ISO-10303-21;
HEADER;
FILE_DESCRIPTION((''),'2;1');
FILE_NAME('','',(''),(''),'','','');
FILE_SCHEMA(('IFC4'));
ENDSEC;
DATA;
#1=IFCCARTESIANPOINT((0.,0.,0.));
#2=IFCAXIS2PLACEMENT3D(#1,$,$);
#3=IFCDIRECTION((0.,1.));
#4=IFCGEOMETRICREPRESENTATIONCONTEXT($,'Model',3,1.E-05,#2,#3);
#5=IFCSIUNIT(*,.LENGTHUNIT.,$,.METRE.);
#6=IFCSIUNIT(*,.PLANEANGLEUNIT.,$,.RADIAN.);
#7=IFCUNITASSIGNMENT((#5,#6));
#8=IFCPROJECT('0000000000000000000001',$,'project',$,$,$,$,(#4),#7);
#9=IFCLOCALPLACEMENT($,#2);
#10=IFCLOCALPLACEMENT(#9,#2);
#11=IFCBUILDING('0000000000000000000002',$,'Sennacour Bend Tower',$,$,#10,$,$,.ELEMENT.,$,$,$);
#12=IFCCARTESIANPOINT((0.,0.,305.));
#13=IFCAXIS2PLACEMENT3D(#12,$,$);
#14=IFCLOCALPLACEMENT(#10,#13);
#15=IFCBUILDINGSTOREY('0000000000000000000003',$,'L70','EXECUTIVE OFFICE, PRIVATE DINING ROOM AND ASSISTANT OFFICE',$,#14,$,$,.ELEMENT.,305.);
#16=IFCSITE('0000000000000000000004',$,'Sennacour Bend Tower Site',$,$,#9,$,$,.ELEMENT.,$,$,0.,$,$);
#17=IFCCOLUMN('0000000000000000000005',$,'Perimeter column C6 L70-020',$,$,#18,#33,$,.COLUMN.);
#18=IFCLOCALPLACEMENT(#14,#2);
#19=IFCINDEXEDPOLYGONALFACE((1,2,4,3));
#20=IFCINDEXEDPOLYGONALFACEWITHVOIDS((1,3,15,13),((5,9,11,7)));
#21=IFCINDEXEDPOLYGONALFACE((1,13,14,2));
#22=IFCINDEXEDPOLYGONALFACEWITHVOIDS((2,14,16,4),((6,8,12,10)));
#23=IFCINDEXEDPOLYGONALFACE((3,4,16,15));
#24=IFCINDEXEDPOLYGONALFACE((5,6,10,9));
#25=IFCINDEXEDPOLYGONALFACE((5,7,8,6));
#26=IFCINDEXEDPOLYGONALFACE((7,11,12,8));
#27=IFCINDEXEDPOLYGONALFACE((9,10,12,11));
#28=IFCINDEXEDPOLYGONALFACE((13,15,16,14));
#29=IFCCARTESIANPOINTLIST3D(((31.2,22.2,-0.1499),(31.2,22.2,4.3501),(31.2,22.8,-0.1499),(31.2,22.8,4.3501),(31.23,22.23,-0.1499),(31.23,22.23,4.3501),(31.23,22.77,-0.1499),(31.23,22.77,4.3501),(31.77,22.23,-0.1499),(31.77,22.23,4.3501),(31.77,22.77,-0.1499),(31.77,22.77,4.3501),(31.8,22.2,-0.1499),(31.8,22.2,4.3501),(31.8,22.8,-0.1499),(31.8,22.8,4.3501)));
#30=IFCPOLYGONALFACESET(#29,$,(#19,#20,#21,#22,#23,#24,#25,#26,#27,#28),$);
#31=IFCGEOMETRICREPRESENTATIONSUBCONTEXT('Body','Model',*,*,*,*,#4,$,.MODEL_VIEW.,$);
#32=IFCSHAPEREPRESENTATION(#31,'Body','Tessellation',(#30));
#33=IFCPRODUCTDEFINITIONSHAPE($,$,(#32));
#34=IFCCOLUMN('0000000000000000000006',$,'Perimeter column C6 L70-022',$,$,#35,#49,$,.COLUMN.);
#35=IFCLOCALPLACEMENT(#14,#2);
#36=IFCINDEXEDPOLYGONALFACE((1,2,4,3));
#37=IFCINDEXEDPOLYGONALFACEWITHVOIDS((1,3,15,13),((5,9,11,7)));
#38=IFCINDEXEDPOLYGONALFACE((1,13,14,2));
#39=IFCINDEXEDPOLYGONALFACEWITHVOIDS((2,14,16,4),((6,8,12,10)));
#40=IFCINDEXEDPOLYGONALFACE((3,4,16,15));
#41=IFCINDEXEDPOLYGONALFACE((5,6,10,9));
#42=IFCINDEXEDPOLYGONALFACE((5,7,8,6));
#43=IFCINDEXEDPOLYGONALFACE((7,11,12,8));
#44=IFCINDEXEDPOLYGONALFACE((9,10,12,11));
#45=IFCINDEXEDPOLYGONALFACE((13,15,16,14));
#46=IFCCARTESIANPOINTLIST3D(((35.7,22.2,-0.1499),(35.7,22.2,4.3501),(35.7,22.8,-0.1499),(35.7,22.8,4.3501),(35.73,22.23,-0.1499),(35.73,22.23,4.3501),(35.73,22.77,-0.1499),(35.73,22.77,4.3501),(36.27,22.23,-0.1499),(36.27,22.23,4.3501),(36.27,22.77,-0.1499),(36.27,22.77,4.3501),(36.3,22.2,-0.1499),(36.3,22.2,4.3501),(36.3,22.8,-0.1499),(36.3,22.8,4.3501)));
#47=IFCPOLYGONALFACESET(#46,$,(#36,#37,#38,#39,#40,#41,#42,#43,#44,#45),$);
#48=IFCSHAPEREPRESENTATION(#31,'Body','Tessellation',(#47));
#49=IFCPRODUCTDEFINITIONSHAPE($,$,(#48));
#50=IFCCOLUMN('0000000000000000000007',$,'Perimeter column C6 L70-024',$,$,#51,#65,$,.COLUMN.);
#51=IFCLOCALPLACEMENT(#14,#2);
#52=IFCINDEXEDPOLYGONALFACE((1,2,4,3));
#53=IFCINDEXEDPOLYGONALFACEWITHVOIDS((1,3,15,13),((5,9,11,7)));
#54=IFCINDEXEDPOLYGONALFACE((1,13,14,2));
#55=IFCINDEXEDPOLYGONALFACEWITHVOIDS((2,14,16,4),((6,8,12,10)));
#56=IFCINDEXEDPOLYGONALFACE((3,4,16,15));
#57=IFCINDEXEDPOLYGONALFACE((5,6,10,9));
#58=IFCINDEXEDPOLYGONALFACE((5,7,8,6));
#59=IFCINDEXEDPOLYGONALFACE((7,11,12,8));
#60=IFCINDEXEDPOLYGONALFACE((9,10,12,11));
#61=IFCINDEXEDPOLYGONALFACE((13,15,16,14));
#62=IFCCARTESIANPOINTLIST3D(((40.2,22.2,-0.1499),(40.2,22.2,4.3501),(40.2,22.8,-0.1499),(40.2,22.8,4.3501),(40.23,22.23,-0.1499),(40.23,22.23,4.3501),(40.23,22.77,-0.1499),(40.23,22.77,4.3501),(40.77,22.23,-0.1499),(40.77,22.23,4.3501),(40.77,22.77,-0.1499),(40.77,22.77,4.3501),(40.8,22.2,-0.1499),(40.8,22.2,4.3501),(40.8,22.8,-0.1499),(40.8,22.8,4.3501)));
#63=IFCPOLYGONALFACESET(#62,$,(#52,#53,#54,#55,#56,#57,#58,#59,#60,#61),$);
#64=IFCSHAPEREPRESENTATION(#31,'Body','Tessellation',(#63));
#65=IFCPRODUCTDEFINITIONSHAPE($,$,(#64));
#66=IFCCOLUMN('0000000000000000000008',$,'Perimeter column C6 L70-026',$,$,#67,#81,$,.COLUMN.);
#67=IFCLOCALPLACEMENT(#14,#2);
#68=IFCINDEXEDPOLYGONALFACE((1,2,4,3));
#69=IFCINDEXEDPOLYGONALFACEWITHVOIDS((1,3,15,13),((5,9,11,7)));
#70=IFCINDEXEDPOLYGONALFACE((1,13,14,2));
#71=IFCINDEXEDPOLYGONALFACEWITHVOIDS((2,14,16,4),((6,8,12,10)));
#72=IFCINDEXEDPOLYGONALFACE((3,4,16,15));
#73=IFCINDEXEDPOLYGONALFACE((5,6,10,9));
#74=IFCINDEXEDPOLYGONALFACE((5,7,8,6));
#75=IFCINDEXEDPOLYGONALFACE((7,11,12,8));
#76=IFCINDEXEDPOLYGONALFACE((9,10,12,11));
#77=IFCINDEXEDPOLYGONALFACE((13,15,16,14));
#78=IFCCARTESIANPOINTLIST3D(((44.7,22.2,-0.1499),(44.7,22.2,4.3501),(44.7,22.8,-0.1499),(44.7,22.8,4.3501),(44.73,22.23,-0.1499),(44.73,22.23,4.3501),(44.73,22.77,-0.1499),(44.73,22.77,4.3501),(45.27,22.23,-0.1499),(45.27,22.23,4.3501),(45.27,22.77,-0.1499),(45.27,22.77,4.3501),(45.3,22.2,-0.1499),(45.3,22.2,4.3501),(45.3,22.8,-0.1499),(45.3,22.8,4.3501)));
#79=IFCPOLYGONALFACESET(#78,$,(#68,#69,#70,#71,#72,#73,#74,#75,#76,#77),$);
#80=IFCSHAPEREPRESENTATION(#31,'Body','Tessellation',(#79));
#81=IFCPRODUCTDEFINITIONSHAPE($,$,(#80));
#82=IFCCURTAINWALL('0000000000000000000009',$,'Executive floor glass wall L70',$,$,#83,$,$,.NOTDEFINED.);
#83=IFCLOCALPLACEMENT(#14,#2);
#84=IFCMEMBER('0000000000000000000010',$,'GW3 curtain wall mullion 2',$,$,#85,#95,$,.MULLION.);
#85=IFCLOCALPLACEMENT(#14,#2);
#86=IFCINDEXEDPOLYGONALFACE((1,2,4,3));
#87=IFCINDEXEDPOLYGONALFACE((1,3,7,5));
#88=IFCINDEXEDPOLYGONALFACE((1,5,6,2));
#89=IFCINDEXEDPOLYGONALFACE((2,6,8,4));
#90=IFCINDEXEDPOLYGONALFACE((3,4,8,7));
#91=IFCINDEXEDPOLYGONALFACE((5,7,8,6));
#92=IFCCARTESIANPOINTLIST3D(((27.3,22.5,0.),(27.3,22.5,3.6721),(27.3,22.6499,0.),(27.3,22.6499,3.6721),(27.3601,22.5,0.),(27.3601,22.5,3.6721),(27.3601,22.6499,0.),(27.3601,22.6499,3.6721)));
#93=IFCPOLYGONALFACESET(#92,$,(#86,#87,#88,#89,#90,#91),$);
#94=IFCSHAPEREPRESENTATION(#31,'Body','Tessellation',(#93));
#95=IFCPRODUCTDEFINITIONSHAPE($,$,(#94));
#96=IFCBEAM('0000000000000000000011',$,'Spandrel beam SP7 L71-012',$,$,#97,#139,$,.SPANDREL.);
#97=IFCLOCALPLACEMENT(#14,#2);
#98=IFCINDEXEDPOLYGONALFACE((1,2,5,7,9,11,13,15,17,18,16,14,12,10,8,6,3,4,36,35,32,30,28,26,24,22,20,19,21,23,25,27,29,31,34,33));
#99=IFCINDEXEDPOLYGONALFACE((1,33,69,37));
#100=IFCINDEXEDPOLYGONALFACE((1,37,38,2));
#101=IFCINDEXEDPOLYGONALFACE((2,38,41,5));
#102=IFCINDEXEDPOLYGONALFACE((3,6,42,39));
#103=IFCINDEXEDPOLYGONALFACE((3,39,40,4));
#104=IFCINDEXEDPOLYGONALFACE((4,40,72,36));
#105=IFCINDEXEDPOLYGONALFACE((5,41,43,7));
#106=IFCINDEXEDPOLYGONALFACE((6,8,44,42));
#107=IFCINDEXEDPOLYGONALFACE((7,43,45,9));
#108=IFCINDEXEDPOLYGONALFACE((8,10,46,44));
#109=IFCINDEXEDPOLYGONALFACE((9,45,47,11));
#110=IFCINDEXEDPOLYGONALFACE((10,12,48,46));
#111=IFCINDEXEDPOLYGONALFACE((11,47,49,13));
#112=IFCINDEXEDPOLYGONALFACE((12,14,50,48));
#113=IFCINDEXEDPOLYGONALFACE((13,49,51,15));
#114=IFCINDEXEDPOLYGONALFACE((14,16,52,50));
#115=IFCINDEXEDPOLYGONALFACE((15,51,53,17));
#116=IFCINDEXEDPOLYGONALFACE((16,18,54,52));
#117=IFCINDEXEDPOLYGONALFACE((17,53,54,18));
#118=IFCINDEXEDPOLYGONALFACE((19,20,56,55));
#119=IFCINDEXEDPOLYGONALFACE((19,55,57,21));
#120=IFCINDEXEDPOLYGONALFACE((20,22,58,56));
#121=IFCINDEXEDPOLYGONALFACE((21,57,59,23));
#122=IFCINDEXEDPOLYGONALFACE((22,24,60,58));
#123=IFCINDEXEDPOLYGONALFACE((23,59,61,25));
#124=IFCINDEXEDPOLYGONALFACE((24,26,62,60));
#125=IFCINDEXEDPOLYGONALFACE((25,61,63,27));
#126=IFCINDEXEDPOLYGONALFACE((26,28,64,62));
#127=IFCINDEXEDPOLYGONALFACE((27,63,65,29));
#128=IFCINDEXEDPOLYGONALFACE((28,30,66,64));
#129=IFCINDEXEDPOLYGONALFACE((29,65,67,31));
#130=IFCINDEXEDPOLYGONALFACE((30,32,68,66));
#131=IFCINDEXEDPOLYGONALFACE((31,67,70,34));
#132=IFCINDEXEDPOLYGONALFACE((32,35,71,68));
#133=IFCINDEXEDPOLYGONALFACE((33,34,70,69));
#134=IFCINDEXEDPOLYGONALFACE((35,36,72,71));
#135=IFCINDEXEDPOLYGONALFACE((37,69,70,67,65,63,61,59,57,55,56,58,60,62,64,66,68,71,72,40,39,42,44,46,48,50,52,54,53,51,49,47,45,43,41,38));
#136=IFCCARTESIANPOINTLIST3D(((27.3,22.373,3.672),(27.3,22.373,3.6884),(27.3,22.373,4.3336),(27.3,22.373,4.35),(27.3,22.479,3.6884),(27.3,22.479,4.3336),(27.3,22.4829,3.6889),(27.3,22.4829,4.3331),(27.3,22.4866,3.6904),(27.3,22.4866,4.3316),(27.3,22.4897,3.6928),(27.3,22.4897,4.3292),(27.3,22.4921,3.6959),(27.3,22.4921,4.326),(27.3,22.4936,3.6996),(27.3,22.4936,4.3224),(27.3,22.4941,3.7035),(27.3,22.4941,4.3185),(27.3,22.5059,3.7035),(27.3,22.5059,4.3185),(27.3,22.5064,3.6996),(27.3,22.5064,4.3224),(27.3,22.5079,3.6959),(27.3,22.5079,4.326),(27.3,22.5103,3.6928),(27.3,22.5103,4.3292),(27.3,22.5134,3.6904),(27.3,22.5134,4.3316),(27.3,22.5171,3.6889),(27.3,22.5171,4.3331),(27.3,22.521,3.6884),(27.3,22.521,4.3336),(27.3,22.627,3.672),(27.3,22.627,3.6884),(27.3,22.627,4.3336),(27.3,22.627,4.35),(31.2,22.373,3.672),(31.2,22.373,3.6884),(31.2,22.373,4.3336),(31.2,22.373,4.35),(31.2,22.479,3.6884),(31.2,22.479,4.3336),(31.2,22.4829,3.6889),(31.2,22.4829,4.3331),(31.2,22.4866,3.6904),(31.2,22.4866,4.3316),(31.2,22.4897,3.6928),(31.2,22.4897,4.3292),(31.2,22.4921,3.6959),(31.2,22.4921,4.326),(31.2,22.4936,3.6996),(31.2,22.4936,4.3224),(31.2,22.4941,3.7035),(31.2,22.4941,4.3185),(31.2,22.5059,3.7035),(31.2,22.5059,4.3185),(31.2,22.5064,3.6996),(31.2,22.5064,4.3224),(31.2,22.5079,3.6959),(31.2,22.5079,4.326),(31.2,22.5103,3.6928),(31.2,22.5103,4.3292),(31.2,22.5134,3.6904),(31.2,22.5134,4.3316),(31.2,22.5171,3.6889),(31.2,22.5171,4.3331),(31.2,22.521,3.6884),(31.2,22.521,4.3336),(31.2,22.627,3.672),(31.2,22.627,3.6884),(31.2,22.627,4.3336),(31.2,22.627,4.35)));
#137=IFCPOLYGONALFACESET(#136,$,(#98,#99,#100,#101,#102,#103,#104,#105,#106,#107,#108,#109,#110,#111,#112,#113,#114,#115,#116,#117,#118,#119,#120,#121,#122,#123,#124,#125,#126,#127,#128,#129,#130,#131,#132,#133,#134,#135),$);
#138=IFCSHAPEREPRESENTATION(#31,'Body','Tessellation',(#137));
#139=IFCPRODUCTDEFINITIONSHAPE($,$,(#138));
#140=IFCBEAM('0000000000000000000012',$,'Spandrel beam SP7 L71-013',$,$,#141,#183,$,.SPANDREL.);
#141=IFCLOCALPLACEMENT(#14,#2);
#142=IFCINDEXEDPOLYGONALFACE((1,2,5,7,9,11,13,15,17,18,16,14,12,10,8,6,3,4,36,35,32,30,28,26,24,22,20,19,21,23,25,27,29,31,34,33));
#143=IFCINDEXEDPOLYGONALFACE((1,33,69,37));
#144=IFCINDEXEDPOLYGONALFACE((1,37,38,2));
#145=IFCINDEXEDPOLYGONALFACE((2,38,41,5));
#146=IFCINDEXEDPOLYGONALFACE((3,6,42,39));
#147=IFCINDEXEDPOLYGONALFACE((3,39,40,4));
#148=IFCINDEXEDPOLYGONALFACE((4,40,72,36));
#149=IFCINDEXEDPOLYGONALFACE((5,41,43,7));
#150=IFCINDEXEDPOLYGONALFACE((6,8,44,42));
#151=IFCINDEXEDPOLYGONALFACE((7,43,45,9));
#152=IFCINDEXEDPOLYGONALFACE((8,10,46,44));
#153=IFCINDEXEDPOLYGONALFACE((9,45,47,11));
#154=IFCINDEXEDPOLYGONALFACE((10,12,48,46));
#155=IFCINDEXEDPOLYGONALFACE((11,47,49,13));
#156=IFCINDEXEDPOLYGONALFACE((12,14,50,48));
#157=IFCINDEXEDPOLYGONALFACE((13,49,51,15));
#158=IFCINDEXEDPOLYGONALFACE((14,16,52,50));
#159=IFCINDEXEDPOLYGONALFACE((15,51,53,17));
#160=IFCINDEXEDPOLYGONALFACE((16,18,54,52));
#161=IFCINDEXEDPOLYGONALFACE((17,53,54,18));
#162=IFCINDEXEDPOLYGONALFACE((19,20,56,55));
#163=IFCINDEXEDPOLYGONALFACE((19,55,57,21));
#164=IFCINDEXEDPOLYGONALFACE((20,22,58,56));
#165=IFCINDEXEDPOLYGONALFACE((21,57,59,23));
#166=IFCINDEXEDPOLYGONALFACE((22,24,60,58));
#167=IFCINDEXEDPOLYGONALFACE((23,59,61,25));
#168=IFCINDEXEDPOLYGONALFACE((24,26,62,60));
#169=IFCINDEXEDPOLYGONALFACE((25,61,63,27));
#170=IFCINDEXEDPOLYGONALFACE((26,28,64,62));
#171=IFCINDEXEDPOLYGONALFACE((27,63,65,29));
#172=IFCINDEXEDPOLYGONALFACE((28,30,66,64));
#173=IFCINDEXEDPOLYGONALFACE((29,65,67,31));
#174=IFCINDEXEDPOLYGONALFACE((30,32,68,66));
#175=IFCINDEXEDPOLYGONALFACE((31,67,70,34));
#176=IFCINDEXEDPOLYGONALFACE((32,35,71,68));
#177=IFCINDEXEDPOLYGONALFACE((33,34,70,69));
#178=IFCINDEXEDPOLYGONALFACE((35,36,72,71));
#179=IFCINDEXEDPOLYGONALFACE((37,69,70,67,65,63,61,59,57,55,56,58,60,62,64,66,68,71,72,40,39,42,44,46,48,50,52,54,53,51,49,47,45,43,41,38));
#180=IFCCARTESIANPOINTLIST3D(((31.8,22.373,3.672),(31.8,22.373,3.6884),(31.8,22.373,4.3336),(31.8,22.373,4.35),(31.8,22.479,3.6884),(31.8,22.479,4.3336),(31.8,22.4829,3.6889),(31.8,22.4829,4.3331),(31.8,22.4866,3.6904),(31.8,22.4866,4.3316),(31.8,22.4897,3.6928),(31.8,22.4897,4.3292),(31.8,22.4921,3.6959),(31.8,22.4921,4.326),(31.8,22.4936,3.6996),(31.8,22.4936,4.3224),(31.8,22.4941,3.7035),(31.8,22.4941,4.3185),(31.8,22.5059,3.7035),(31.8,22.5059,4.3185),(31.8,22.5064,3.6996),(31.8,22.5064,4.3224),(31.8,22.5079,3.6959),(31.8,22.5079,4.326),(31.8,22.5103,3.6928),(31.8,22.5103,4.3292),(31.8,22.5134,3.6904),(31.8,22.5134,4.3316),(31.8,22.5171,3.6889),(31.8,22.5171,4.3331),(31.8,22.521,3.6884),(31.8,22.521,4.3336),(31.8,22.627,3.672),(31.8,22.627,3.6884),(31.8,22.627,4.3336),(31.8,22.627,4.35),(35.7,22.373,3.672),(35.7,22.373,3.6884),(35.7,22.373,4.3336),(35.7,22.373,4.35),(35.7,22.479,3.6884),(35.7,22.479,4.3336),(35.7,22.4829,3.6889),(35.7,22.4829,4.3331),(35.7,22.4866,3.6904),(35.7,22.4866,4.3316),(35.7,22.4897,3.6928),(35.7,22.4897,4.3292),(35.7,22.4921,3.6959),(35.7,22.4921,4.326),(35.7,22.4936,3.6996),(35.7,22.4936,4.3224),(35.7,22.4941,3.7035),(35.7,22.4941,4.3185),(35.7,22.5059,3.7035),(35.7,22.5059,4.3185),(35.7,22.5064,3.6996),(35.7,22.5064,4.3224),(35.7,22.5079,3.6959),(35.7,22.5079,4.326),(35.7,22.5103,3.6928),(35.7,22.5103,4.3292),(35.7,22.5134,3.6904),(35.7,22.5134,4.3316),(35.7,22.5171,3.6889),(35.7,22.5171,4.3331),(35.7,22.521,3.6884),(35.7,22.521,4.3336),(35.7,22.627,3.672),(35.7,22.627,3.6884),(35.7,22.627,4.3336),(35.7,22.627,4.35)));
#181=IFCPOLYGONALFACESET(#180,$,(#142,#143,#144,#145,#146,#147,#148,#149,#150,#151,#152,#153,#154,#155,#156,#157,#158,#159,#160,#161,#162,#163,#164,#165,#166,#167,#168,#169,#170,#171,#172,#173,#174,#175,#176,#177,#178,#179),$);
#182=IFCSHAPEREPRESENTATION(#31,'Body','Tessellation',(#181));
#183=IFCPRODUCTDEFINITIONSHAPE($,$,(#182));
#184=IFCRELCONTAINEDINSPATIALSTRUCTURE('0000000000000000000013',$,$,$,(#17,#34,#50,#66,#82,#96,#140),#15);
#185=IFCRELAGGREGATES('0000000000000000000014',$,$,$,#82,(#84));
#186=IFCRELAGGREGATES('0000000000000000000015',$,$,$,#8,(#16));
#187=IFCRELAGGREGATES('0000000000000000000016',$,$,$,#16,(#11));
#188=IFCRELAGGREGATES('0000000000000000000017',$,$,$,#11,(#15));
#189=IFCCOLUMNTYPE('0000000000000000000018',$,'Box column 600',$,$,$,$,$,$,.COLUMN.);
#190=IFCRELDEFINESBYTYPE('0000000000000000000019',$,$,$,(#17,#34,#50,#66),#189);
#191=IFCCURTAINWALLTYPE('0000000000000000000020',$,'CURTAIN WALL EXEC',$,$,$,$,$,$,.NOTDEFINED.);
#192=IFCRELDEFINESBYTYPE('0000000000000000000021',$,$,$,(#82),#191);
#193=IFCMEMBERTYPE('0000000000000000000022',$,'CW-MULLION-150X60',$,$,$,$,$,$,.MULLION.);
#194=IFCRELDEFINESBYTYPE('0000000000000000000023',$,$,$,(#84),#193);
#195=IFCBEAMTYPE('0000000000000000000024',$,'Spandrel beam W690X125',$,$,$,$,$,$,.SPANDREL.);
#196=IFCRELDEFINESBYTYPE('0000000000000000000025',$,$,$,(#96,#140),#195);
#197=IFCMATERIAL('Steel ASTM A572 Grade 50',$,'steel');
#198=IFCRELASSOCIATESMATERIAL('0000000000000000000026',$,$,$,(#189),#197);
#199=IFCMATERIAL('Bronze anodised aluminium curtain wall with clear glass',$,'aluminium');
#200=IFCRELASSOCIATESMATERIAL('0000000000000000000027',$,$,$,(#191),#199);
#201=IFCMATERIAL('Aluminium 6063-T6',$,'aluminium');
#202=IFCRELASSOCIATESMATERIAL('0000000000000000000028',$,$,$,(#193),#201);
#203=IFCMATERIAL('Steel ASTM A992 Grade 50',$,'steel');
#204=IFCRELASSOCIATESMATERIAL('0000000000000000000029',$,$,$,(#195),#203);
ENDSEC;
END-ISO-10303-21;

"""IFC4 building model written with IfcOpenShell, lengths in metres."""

from ifc_helpers import new_model, si_unit, direction, frame, origin, origin_2d, place, context, subcontext, project, spatial, rectangle, hollow_rectangle, i_section, extrude, material, material_profile, profile_set, type_object, element, aggregate, save


model = new_model("IFC4")

# Units and contexts
model_context = context("Model", 3, precision=1e-05, world=origin(), true_north=direction((0.0, 1.0)))
body_context = subcontext(model_context, "Body", "Model", "MODEL_VIEW")
ifc_project = project(units=[si_unit("LENGTHUNIT", "METRE"), si_unit("PLANEANGLEUNIT", "RADIAN")], contexts=[model_context])

# Site, building, storey
site_placement = place(None, origin())
site = spatial("IfcSite", under=ifc_project, at=site_placement, Name="Sennacour Bend Tower Site", CompositionType="ELEMENT", RefElevation=0.0)
building_placement = place(site_placement, origin())
building = spatial("IfcBuilding", under=site, at=building_placement, Name="Sennacour Bend Tower", CompositionType="ELEMENT")
storey_placement = place(building_placement, frame((0.0, 0.0, 305.0)))
storey = spatial("IfcBuildingStorey", under=building, at=storey_placement, Name="L70", Description="EXECUTIVE OFFICE, PRIVATE DINING ROOM AND ASSISTANT OFFICE", CompositionType="ELEMENT", Elevation=305.0)

# Columns
ifc_material_1 = material(Name="Steel ASTM A572 Grade 50", Category="steel")
ifc_material_profile_1 = material_profile(ifc_material_1, hollow_rectangle(XDim=0.6001, YDim=0.6001, WallThickness=0.03, at=origin_2d()), Name="Steel ASTM A572 Grade 50", Category="steel")
ifc_profile_set_1 = profile_set([ifc_material_profile_1], Name="Steel ASTM A572 Grade 50")
column_type = type_object("IfcColumnType", Name="Box column 600", PredefinedType="COLUMN", material=ifc_profile_set_1)
for number, where, z_axis, x_axis, name in (
    (1, (31.5, 22.5, -0.1499), (0.0, 0.0, 1.0), (1.0, 0.0, 0.0), "Perimeter column C6 L70-020"),
    (2, (36.0, 22.5, -0.1499), (0.0, 0.0, 1.0), (1.0, 0.0, 0.0), "Perimeter column C6 L70-022"),
    (3, (40.5, 22.5, -0.1499), (0.0, 0.0, 1.0), (1.0, 0.0, 0.0), "Perimeter column C6 L70-024"),
    (4, (45.0, 22.5, -0.1499), (0.0, 0.0, 1.0), (1.0, 0.0, 0.0), "Perimeter column C6 L70-026"),
):
    element("IfcColumn", number, at=place(storey_placement, frame(where, z_axis=z_axis, x_axis=x_axis)), inside=storey, type_object=column_type, Name=name, PredefinedType="COLUMN", context=body_context, shape_type="SweptSolid", body=[
        extrude(hollow_rectangle(XDim=0.6001, YDim=0.6001, WallThickness=0.03, at=origin_2d()), origin(), (0.0, 0.0, 1.0), 4.5),
    ])

# Curtain wall, member
ifc_material_2 = material(Name="Bronze anodised aluminium curtain wall with clear glass", Category="aluminium")
curtain_wall_type = type_object("IfcCurtainWallType", Name="CURTAIN WALL EXEC", PredefinedType="NOTDEFINED", material=ifc_material_2)
curtain_wall_placement = place(storey_placement, origin())
curtain_wall = element("IfcCurtainWall", 5, at=curtain_wall_placement, inside=storey, type_object=curtain_wall_type, Name="Executive floor glass wall L70", PredefinedType="NOTDEFINED")
ifc_material_3 = material(Name="Aluminium 6063-T6", Category="aluminium")
ifc_material_profile_2 = material_profile(ifc_material_3, rectangle(XDim=0.1499, YDim=0.0601, at=origin_2d()), Name="Aluminium 6063-T6", Category="aluminium")
ifc_profile_set_2 = profile_set([ifc_material_profile_2], Name="Aluminium 6063-T6")
member_type = type_object("IfcMemberType", Name="CW-MULLION-150X60", PredefinedType="MULLION", material=ifc_profile_set_2)
member_placement = place(storey_placement, frame((27.3301, 22.575, 0.0), z_axis=(0.0, 0.0, 1.0), x_axis=(0.0, -1.0, 0.0)))
member = element("IfcMember", 6, at=member_placement, type_object=member_type, Name="GW3 curtain wall mullion 2", PredefinedType="MULLION", context=body_context, shape_type="SweptSolid", body=[
    extrude(rectangle(XDim=0.1499, YDim=0.0601, at=origin_2d()), origin(), (0.0, 0.0, 1.0), 3.6721),
])

# Beams
ifc_material_4 = material(Name="Steel ASTM A992 Grade 50", Category="steel")
ifc_material_profile_3 = material_profile(ifc_material_4, i_section(OverallWidth=0.2539, OverallDepth=0.678, WebThickness=0.0117, FlangeThickness=0.0164, FilletRadius=0.0151, at=origin_2d()), Name="Steel ASTM A992 Grade 50", Category="steel")
ifc_profile_set_3 = profile_set([ifc_material_profile_3], Name="Steel ASTM A992 Grade 50")
beam_type = type_object("IfcBeamType", Name="Spandrel beam W690X125", PredefinedType="SPANDREL", material=ifc_profile_set_3)
for number, where, z_axis, x_axis, name in (
    (7, (27.3, 22.5, 4.011), (1.0, 0.0, 0.0), (0.0, 1.0, 0.0), "Spandrel beam SP7 L71-012"),
    (8, (31.8, 22.5, 4.011), (1.0, 0.0, 0.0), (0.0, 1.0, 0.0), "Spandrel beam SP7 L71-013"),
):
    element("IfcBeam", number, at=place(storey_placement, frame(where, z_axis=z_axis, x_axis=x_axis)), inside=storey, type_object=beam_type, Name=name, PredefinedType="SPANDREL", context=body_context, shape_type="SweptSolid", body=[
        extrude(i_section(OverallWidth=0.2539, OverallDepth=0.678, WebThickness=0.0117, FlangeThickness=0.0164, FilletRadius=0.0151, at=origin_2d()), origin(), (0.0, 0.0, 1.0), 3.8999),
    ])

aggregate(curtain_wall, [member])

save(model, "model.ifc")
